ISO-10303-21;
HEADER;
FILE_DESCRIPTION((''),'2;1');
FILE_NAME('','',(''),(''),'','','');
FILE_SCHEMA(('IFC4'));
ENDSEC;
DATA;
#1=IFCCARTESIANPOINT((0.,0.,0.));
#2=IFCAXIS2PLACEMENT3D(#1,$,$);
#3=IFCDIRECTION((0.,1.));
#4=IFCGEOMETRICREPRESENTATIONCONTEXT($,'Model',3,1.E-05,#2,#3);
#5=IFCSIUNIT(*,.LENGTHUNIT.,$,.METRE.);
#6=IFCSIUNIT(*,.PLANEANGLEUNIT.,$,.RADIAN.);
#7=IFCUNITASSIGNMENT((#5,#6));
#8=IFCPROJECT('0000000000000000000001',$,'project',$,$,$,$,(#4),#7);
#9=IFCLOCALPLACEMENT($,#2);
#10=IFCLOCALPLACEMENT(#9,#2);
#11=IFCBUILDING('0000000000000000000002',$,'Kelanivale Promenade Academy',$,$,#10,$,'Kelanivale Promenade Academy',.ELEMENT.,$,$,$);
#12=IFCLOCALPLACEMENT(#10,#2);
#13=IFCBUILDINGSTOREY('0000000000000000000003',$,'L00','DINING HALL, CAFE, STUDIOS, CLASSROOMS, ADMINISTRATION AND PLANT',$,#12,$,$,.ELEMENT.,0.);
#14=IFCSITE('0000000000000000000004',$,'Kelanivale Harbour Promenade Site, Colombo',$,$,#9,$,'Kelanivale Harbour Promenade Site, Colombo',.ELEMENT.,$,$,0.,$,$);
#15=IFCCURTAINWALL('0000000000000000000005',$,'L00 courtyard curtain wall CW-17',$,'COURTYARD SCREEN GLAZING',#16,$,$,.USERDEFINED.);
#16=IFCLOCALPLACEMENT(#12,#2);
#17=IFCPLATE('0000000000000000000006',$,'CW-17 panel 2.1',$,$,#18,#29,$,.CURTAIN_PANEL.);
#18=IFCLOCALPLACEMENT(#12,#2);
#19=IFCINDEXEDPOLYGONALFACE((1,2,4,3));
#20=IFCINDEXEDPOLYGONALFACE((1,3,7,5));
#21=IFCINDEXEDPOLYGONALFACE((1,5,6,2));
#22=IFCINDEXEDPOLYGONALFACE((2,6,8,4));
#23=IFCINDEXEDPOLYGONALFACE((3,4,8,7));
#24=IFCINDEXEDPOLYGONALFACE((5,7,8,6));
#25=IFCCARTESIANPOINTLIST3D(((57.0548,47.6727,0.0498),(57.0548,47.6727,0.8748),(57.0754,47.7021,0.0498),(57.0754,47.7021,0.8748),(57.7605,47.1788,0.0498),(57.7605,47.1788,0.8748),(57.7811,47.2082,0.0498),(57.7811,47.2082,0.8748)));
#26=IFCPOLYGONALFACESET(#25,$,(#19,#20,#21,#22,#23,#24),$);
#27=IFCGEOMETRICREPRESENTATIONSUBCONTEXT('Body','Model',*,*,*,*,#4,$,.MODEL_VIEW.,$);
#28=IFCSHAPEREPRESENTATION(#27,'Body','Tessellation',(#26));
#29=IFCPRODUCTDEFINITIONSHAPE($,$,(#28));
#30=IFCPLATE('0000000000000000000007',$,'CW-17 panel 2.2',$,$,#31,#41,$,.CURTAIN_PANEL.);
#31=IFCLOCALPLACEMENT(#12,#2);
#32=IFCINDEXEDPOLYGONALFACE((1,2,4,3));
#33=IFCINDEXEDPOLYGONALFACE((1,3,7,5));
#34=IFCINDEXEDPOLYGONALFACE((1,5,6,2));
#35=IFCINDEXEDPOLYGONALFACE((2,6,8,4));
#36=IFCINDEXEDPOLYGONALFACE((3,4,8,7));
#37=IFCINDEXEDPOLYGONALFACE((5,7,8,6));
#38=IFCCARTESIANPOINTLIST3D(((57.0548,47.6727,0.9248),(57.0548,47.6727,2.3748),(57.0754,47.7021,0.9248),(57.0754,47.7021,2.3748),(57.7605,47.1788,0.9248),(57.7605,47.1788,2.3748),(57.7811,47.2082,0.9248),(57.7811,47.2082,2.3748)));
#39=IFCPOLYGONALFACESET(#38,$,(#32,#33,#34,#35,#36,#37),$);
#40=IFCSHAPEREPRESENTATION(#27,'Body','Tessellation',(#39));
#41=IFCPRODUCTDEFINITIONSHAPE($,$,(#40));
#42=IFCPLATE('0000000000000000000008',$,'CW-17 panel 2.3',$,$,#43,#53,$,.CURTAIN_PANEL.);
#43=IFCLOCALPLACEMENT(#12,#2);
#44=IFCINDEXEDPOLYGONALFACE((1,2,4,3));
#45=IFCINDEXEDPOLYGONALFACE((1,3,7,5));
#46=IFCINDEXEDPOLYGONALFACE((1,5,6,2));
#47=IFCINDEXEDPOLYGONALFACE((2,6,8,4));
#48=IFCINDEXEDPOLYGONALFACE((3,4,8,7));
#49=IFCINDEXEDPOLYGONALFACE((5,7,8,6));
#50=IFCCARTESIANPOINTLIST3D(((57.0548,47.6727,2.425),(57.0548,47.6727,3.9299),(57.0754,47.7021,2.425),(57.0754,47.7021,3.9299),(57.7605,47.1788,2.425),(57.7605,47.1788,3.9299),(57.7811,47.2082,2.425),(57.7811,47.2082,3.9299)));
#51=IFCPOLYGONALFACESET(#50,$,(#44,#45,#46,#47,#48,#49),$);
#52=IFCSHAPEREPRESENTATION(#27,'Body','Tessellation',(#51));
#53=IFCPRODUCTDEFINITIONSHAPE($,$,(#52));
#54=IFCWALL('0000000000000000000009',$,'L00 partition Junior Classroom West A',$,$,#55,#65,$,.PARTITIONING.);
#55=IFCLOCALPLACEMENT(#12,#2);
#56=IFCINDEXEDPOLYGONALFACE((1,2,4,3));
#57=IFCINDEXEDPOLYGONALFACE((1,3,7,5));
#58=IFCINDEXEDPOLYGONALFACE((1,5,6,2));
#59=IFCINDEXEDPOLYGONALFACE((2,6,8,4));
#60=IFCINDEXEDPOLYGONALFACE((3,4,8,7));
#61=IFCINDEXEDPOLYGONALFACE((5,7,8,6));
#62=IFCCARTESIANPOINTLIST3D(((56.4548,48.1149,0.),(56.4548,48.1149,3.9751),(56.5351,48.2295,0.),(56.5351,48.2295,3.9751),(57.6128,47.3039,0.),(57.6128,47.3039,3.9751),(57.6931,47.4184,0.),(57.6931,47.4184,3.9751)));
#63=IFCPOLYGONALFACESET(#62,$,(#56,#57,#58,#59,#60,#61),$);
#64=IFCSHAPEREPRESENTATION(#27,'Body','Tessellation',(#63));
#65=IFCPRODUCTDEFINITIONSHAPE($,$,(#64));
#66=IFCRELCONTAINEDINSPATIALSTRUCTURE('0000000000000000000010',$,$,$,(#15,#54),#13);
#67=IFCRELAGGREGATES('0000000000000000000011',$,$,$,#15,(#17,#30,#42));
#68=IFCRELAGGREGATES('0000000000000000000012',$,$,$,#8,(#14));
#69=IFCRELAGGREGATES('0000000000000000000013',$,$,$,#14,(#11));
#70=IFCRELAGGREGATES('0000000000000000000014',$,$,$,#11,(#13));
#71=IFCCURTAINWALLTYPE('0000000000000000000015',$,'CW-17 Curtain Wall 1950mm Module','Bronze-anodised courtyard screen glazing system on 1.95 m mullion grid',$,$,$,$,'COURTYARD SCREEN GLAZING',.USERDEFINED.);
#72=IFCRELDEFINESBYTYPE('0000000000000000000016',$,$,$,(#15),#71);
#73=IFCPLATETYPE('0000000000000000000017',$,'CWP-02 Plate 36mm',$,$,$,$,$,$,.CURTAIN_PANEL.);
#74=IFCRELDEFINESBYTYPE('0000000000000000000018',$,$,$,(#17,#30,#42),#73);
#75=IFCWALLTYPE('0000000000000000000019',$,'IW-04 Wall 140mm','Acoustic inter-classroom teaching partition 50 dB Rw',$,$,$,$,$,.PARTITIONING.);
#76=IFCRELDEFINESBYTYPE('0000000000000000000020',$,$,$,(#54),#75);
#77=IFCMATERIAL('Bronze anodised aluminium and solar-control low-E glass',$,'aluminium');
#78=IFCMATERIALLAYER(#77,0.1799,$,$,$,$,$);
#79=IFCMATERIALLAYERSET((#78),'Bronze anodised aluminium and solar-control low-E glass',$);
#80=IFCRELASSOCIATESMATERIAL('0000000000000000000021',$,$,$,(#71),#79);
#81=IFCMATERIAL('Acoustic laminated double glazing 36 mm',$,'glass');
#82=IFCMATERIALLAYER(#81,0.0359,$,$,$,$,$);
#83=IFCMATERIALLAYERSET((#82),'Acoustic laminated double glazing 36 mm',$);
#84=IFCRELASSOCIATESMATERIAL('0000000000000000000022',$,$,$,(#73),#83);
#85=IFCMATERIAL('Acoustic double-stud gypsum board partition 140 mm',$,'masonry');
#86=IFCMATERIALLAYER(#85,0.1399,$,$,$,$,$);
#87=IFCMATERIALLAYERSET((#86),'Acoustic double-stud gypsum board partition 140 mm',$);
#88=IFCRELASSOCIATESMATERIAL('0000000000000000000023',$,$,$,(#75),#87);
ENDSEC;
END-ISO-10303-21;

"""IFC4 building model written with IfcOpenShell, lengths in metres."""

from ifc_helpers import new_model, si_unit, direction, frame, frame_2d, origin, origin_2d, place, context, subcontext, project, spatial, rectangle, extrude, material, layer, layer_set, type_object, element, aggregate, save


model = new_model("IFC4")

# Units and contexts
model_context = context("Model", 3, precision=1e-05, world=origin(), true_north=direction((0.0, 1.0)))
body_context = subcontext(model_context, "Body", "Model", "MODEL_VIEW")
ifc_project = project(units=[si_unit("LENGTHUNIT", "METRE"), si_unit("PLANEANGLEUNIT", "RADIAN")], contexts=[model_context])

# Site, building, storey
site_placement = place(None, origin())
site = spatial("IfcSite", under=ifc_project, at=site_placement, Name="Kelanivale Harbour Promenade Site, Colombo", LongName="Kelanivale Harbour Promenade Site, Colombo", CompositionType="ELEMENT", RefElevation=0.0)
building_placement = place(site_placement, origin())
building = spatial("IfcBuilding", under=site, at=building_placement, Name="Kelanivale Promenade Academy", LongName="Kelanivale Promenade Academy", CompositionType="ELEMENT")
storey_placement = place(building_placement, origin())
storey = spatial("IfcBuildingStorey", under=building, at=storey_placement, Name="L00", Description="DINING HALL, CAFE, STUDIOS, CLASSROOMS, ADMINISTRATION AND PLANT", CompositionType="ELEMENT", Elevation=0.0)

# Curtain wall
ifc_material_1 = material(Name="Bronze anodised aluminium and solar-control low-E glass", Category="aluminium")
ifc_layer_1 = layer(ifc_material_1, 0.1799)
ifc_layer_set_1 = layer_set([ifc_layer_1], Name="Bronze anodised aluminium and solar-control low-E glass")
curtain_wall_type_1 = type_object("IfcCurtainWallType", Name="CW-17 Curtain Wall 1950mm Module", Description="Bronze-anodised courtyard screen glazing system on 1.95 m mullion grid", ElementType="COURTYARD SCREEN GLAZING", PredefinedType="USERDEFINED", material=ifc_layer_set_1)
curtain_wall_1_placement = place(storey_placement, origin())
curtain_wall_1 = element("IfcCurtainWall", 1, at=curtain_wall_1_placement, inside=storey, type_object=curtain_wall_type_1, Name="L00 courtyard curtain wall CW-17", ObjectType="COURTYARD SCREEN GLAZING", PredefinedType="USERDEFINED")

# Plates
ifc_material_2 = material(Name="Acoustic laminated double glazing 36 mm", Category="glass")
ifc_layer_2 = layer(ifc_material_2, 0.0359)
ifc_layer_set_2 = layer_set([ifc_layer_2], Name="Acoustic laminated double glazing 36 mm")
plate_type = type_object("IfcPlateType", Name="CWP-02 Plate 36mm", PredefinedType="CURTAIN_PANEL", material=ifc_layer_set_2)
plate_1_placement = place(storey_placement, frame((57.418, 47.4404, 0.0498), z_axis=(0.0, 0.0, 1.0), x_axis=(0.819306, -0.573357, 0.0)))
plate_1 = element("IfcPlate", 2, at=plate_1_placement, type_object=plate_type, Name="CW-17 panel 2.1", PredefinedType="CURTAIN_PANEL", context=body_context, shape_type="SweptSolid", body=[
    extrude(rectangle(XDim=0.8613, YDim=0.0359, at=origin_2d()), origin(), (0.0, 0.0, 1.0), 0.825),
])
plate_2_placement = place(storey_placement, frame((57.418, 47.4404, 0.9248), z_axis=(0.0, 0.0, 1.0), x_axis=(0.819306, -0.573357, 0.0)))
plate_2 = element("IfcPlate", 3, at=plate_2_placement, type_object=plate_type, Name="CW-17 panel 2.2", PredefinedType="CURTAIN_PANEL", context=body_context, shape_type="SweptSolid", body=[
    extrude(rectangle(XDim=0.8613, YDim=0.0359, at=origin_2d()), origin(), (0.0, 0.0, 1.0), 1.45),
])
plate_3_placement = place(storey_placement, frame((57.418, 47.4404, 2.425), z_axis=(0.0, 0.0, 1.0), x_axis=(0.819306, -0.573357, 0.0)))
plate_3 = element("IfcPlate", 4, at=plate_3_placement, type_object=plate_type, Name="CW-17 panel 2.3", PredefinedType="CURTAIN_PANEL", context=body_context, shape_type="SweptSolid", body=[
    extrude(rectangle(XDim=0.8613, YDim=0.0359, at=origin_2d()), origin(), (0.0, 0.0, 1.0), 1.5049),
])
aggregate(curtain_wall_1, [plate_1, plate_2, plate_3])

# Wall
ifc_material_3 = material(Name="Acoustic double-stud gypsum board partition 140 mm", Category="masonry")
ifc_layer_3 = layer(ifc_material_3, 0.1399)
ifc_layer_set_3 = layer_set([ifc_layer_3], Name="Acoustic double-stud gypsum board partition 140 mm")
wall_type = type_object("IfcWallType", Name="IW-04 Wall 140mm", Description="Acoustic inter-classroom teaching partition 50 dB Rw", PredefinedType="PARTITIONING", material=ifc_layer_set_3)
wall_placement = place(storey_placement, frame((57.6531, 47.3611, 0.0), z_axis=(0.0, 0.0, 1.0), x_axis=(-0.819078, 0.573683, 0.0)))
element("IfcWall", 5, at=wall_placement, inside=storey, type_object=wall_type, Name="L00 partition Junior Classroom West A", PredefinedType="PARTITIONING", context=body_context, shape_type="SweptSolid", body=[
    extrude(rectangle(XDim=1.4138, YDim=0.1399, at=frame_2d((0.707, 0.0))), origin(), (0.0, 0.0, 1.0), 3.9751),
])

save(model, "model.ifc")
